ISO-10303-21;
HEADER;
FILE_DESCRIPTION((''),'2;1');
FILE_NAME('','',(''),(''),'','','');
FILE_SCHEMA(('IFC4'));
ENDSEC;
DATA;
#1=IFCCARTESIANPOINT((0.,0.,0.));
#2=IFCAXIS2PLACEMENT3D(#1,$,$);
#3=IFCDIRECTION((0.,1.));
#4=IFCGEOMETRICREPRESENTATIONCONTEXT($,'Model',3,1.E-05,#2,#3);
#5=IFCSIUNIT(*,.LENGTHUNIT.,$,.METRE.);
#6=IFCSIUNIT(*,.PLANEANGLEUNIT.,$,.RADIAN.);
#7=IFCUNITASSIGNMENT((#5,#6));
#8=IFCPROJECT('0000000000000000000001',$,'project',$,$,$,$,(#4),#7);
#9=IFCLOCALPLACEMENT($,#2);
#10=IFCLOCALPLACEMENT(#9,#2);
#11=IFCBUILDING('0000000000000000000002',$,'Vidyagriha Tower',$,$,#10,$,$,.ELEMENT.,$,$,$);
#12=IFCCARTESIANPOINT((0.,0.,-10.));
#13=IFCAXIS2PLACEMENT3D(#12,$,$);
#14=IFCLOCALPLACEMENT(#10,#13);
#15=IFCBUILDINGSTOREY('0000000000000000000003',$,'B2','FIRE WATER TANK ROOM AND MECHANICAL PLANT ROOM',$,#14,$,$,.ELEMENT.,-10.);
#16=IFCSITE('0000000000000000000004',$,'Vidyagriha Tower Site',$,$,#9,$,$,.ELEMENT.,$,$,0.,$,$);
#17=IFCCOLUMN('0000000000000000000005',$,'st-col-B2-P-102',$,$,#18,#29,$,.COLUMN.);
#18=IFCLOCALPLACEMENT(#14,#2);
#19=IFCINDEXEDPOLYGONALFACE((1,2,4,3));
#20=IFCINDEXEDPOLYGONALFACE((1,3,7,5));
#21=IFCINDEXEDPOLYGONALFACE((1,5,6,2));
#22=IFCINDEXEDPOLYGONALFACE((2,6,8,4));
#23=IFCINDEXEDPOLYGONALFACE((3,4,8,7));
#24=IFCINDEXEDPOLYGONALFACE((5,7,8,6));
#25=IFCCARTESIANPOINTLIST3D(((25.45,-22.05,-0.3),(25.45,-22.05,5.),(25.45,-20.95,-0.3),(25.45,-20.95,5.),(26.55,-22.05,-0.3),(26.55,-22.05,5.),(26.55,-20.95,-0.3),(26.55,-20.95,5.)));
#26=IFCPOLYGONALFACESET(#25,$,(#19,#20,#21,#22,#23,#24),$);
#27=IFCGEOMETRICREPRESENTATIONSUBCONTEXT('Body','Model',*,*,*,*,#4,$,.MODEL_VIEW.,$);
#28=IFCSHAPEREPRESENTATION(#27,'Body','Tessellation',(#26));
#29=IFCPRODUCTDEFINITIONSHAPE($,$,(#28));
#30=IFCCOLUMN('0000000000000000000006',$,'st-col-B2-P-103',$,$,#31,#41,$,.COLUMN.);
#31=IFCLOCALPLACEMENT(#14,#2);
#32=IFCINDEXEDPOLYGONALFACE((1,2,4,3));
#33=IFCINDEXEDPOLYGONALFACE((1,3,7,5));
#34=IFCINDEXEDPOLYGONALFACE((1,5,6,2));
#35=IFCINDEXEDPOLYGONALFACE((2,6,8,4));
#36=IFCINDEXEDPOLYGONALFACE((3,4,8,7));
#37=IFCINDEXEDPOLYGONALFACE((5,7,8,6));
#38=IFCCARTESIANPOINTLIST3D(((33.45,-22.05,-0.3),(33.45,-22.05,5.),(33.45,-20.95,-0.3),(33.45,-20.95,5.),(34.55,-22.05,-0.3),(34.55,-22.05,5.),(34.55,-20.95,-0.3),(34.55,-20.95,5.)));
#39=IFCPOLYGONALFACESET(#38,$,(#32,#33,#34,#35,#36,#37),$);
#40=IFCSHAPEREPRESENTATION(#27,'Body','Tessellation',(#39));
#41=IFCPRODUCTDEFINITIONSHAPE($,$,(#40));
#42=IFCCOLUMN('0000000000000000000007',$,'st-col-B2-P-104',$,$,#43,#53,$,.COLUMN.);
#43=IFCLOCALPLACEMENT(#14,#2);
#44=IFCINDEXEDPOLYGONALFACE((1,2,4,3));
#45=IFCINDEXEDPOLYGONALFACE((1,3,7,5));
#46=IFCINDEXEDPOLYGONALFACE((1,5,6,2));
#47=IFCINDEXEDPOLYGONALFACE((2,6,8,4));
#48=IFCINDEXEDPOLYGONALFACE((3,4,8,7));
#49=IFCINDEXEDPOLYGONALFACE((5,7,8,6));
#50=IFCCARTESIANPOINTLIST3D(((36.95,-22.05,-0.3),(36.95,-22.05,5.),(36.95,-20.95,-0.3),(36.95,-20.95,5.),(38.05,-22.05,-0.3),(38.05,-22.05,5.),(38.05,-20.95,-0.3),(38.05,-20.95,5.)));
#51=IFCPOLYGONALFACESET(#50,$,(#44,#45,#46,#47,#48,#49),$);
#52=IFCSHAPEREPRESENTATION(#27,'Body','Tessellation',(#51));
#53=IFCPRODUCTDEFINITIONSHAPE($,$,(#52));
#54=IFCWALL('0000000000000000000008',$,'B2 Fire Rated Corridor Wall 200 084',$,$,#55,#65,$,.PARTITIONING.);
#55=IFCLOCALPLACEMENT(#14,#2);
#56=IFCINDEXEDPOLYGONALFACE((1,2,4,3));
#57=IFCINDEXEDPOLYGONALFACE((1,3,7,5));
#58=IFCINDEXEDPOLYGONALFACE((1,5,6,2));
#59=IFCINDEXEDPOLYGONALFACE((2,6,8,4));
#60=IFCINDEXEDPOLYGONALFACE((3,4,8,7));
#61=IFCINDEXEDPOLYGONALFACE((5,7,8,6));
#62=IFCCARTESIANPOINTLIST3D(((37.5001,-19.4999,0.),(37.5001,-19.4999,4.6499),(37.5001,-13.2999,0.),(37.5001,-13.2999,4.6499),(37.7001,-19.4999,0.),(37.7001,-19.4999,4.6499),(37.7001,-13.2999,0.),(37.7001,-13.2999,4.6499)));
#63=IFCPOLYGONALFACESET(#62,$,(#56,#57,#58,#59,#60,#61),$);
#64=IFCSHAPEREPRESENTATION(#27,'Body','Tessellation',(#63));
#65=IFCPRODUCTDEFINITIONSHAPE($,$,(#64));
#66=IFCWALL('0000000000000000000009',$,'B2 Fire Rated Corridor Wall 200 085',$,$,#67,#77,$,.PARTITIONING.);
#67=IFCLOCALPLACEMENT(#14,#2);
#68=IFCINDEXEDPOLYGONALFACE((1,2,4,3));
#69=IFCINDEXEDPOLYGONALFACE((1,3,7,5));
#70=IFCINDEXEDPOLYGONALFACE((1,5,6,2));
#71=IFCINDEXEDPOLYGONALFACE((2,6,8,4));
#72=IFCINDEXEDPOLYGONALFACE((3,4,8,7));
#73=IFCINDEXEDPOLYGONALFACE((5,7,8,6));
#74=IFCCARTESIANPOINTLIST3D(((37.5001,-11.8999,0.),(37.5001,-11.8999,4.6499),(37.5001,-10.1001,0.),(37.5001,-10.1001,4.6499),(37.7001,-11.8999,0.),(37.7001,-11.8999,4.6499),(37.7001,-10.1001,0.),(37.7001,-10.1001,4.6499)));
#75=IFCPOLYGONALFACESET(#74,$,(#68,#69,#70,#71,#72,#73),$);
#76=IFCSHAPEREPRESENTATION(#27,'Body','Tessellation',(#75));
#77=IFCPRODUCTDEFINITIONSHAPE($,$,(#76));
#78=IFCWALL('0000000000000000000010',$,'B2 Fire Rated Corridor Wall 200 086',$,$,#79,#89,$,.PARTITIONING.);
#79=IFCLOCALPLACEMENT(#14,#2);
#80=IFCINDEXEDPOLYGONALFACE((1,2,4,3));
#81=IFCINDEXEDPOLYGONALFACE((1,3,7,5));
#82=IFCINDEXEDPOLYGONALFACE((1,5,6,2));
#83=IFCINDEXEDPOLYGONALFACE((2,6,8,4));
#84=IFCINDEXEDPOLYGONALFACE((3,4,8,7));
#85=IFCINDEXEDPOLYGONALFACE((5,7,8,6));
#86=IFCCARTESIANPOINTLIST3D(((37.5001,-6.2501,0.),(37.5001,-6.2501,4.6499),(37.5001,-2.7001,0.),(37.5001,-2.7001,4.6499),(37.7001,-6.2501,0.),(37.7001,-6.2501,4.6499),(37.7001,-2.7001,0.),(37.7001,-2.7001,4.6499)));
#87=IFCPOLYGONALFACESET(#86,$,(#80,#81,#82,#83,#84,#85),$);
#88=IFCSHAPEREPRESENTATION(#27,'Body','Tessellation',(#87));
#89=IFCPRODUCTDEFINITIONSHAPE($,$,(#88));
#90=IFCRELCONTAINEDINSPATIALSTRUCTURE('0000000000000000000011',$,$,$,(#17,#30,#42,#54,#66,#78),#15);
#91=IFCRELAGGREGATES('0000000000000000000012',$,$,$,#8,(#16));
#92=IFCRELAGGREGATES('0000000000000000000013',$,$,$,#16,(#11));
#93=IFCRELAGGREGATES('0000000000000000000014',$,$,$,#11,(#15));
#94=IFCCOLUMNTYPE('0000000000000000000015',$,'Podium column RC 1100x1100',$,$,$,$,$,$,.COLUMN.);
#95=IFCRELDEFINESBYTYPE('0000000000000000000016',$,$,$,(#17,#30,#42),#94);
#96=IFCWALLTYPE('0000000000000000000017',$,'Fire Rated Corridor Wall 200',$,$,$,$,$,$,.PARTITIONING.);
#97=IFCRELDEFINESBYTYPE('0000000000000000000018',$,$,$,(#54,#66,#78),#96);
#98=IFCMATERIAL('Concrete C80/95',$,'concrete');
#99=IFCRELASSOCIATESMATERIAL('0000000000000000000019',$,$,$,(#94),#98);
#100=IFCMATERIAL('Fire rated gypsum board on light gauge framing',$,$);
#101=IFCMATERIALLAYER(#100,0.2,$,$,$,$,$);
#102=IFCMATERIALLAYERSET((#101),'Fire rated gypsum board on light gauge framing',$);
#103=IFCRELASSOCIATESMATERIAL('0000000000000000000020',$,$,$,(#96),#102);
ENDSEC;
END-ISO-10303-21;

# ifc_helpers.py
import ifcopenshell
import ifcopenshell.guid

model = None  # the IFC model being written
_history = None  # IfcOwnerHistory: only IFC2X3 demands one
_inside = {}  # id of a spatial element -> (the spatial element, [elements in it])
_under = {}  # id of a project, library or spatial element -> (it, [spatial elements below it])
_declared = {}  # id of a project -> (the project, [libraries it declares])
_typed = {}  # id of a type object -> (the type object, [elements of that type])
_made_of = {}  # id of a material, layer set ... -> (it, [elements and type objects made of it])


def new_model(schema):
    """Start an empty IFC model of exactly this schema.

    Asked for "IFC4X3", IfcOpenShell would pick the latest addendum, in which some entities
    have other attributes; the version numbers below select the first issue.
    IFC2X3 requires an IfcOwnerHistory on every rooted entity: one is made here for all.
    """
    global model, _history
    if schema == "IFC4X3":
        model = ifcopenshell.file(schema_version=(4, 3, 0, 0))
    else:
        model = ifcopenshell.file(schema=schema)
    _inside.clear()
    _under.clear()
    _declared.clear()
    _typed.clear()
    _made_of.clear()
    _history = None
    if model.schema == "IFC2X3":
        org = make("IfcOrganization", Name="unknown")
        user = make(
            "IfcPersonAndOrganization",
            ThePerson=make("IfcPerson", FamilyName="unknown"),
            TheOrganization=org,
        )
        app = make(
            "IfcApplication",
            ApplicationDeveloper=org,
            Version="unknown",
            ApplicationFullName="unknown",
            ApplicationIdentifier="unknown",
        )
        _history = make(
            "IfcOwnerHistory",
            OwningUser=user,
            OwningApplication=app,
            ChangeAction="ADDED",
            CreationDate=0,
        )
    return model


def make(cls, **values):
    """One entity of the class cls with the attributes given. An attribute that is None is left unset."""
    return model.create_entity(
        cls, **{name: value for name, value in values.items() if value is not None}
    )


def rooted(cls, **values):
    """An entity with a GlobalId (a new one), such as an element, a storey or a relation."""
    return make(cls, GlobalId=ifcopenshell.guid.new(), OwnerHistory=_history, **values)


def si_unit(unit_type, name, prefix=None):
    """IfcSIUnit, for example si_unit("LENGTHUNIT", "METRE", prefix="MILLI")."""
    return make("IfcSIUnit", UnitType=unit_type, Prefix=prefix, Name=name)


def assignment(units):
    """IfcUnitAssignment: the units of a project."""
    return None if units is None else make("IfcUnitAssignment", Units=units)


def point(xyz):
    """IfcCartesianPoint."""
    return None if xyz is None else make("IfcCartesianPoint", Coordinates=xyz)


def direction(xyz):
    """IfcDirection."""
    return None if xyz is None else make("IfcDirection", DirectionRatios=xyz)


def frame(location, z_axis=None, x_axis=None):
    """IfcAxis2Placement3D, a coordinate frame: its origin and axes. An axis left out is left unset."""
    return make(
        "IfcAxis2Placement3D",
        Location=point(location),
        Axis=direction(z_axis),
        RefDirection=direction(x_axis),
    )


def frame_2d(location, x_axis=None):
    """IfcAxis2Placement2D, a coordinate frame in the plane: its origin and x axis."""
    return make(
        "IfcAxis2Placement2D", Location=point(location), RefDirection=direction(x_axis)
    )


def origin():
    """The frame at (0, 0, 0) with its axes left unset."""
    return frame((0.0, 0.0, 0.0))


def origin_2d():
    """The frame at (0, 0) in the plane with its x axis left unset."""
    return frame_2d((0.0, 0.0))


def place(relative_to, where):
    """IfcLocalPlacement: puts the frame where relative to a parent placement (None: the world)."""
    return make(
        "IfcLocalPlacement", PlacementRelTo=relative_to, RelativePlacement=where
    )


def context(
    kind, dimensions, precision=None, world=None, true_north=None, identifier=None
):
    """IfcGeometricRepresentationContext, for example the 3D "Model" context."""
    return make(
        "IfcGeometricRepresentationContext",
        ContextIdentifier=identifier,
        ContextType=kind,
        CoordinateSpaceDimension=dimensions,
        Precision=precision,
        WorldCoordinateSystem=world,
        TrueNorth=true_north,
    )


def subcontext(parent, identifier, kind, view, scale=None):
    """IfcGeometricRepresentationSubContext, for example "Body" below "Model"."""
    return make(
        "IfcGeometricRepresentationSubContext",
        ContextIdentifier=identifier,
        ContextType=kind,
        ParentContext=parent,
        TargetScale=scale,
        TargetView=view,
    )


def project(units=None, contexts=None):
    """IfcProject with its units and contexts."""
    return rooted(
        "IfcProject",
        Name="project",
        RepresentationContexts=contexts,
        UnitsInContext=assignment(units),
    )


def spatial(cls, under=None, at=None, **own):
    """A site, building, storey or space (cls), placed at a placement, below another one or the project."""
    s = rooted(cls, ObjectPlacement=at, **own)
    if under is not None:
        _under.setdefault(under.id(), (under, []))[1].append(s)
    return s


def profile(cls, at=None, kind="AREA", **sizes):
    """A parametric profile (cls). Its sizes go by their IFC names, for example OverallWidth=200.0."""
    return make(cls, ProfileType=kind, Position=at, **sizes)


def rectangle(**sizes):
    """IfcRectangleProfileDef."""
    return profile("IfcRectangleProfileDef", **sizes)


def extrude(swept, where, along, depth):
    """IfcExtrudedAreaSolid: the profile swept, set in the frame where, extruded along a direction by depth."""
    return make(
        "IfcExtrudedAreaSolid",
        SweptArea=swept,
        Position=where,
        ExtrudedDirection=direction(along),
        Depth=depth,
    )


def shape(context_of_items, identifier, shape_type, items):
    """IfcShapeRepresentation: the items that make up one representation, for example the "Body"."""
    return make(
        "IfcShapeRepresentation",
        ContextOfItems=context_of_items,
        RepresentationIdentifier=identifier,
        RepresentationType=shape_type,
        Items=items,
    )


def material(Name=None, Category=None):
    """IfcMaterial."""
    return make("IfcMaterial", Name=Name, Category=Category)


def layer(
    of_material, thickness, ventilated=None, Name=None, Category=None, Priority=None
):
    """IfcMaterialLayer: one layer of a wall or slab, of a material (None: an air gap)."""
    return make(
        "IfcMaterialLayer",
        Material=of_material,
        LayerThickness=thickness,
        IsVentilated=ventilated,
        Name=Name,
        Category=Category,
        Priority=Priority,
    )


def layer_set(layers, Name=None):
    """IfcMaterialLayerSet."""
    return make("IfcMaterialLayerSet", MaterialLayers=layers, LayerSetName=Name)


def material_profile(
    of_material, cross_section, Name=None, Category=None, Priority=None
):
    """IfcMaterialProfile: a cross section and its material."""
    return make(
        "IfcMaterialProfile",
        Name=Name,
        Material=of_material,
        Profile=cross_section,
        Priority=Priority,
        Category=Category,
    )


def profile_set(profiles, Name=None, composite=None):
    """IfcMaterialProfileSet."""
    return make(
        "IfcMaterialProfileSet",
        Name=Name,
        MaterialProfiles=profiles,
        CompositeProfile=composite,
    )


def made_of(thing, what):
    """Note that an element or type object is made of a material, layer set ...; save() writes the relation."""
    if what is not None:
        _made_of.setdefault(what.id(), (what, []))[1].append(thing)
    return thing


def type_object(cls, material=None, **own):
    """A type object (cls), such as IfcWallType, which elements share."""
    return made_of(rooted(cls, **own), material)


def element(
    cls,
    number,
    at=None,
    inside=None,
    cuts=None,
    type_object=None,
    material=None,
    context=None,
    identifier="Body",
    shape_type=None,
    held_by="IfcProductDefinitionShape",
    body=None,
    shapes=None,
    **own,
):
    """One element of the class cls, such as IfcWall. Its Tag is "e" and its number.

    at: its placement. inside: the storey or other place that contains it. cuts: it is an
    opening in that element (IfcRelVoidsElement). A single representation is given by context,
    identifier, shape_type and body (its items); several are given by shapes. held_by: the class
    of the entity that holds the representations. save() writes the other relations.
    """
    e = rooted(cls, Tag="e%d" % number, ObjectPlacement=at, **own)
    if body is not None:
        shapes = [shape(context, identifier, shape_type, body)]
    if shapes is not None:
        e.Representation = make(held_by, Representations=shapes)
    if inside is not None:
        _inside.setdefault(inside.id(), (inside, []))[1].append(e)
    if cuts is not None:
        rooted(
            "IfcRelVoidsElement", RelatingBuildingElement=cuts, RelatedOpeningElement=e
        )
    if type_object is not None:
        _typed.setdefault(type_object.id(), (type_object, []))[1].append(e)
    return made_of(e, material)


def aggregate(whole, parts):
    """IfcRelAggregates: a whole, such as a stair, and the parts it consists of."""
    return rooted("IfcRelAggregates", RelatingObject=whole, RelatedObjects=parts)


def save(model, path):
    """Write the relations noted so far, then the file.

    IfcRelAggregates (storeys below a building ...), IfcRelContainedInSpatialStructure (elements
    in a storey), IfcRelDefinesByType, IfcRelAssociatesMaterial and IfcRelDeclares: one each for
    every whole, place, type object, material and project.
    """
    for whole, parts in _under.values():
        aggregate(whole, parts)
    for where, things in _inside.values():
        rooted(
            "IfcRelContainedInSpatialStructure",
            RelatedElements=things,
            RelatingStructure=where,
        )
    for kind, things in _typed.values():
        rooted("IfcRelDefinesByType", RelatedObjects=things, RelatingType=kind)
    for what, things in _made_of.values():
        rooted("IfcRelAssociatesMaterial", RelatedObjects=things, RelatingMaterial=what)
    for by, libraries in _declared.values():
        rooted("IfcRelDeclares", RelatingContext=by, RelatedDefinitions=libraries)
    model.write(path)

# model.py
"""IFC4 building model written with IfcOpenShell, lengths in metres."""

from ifc_helpers import new_model, si_unit, direction, frame, frame_2d, origin, origin_2d, place, context, subcontext, project, spatial, rectangle, extrude, material, layer, layer_set, material_profile, profile_set, type_object, element, save


model = new_model("IFC4")

# Units and contexts
model_context = context("Model", 3, precision=1e-05, world=origin(), true_north=direction((0.0, 1.0)))
body_context = subcontext(model_context, "Body", "Model", "MODEL_VIEW")
ifc_project = project(units=[si_unit("LENGTHUNIT", "METRE"), si_unit("PLANEANGLEUNIT", "RADIAN")], contexts=[model_context])

# Site, building, storey
site_placement = place(None, origin())
site = spatial("IfcSite", under=ifc_project, at=site_placement, Name="Vidyagriha Tower Site", CompositionType="ELEMENT", RefElevation=0.0)
building_placement = place(site_placement, origin())
building = spatial("IfcBuilding", under=site, at=building_placement, Name="Vidyagriha Tower", CompositionType="ELEMENT")
storey_placement = place(building_placement, frame((0.0, 0.0, -10.0)))
storey = spatial("IfcBuildingStorey", under=building, at=storey_placement, Name="B2", Description="FIRE WATER TANK ROOM AND MECHANICAL PLANT ROOM", CompositionType="ELEMENT", Elevation=-10.0)

# Columns
ifc_material_1 = material(Name="Concrete C80/95", Category="concrete")
ifc_material_profile_1 = material_profile(ifc_material_1, rectangle(XDim=1.1001, YDim=1.1001, at=origin_2d()), Name="RC 1100x1100")
ifc_profile_set_1 = profile_set([ifc_material_profile_1], Name="Concrete C80/95")
column_type_1 = type_object("IfcColumnType", Name="Podium column RC 1100x1100", PredefinedType="COLUMN", material=ifc_profile_set_1)
for number, where, name in (
    (1, (26.0, -21.5, -0.3), "st-col-B2-P-102"),
    (2, (34.0, -21.5, -0.3), "st-col-B2-P-103"),
    (3, (37.5, -21.5, -0.3), "st-col-B2-P-104"),
):
    element("IfcColumn", number, at=place(storey_placement, frame(where)), inside=storey, type_object=column_type_1, Name=name, PredefinedType="COLUMN", context=body_context, shape_type="SweptSolid", body=[
        extrude(rectangle(XDim=1.1001, YDim=1.1001, at=origin_2d()), origin(), (0.0, 0.0, 1.0), 5.3),
    ])

# Walls
ifc_material_2 = material(Name="Fire rated gypsum board on light gauge framing")
ifc_layer = layer(ifc_material_2, 0.2)
ifc_layer_set = layer_set([ifc_layer], Name="Fire rated gypsum board on light gauge framing")
wall_type = type_object("IfcWallType", Name="Fire Rated Corridor Wall 200", PredefinedType="PARTITIONING", material=ifc_layer_set)
wall_1_placement = place(storey_placement, frame((37.6001, -19.5, 0.0), z_axis=(0.0, 0.0, 1.0), x_axis=(0.0, 1.0, 0.0)))
element("IfcWall", 4, at=wall_1_placement, inside=storey, type_object=wall_type, Name="B2 Fire Rated Corridor Wall 200 084", PredefinedType="PARTITIONING", context=body_context, shape_type="SweptSolid", body=[
    extrude(rectangle(XDim=6.2, YDim=0.2, at=frame_2d((3.1001, 0.0))), origin(), (0.0, 0.0, 1.0), 4.6499),
])
wall_2_placement = place(storey_placement, frame((37.6001, -11.8999, 0.0), z_axis=(0.0, 0.0, 1.0), x_axis=(0.0, 1.0, 0.0)))
element("IfcWall", 5, at=wall_2_placement, inside=storey, type_object=wall_type, Name="B2 Fire Rated Corridor Wall 200 085", PredefinedType="PARTITIONING", context=body_context, shape_type="SweptSolid", body=[
    extrude(rectangle(XDim=1.7998, YDim=0.2, at=frame_2d((0.8999, 0.0))), origin(), (0.0, 0.0, 1.0), 4.6499),
])
wall_3_placement = place(storey_placement, frame((37.6001, -6.25, 0.0), z_axis=(0.0, 0.0, 1.0), x_axis=(0.0, 1.0, 0.0)))
element("IfcWall", 6, at=wall_3_placement, inside=storey, type_object=wall_type, Name="B2 Fire Rated Corridor Wall 200 086", PredefinedType="PARTITIONING", context=body_context, shape_type="SweptSolid", body=[
    extrude(rectangle(XDim=3.55, YDim=0.2, at=frame_2d((1.7749, 0.0))), origin(), (0.0, 0.0, 1.0), 4.6499),
])

save(model, "model.ifc")
